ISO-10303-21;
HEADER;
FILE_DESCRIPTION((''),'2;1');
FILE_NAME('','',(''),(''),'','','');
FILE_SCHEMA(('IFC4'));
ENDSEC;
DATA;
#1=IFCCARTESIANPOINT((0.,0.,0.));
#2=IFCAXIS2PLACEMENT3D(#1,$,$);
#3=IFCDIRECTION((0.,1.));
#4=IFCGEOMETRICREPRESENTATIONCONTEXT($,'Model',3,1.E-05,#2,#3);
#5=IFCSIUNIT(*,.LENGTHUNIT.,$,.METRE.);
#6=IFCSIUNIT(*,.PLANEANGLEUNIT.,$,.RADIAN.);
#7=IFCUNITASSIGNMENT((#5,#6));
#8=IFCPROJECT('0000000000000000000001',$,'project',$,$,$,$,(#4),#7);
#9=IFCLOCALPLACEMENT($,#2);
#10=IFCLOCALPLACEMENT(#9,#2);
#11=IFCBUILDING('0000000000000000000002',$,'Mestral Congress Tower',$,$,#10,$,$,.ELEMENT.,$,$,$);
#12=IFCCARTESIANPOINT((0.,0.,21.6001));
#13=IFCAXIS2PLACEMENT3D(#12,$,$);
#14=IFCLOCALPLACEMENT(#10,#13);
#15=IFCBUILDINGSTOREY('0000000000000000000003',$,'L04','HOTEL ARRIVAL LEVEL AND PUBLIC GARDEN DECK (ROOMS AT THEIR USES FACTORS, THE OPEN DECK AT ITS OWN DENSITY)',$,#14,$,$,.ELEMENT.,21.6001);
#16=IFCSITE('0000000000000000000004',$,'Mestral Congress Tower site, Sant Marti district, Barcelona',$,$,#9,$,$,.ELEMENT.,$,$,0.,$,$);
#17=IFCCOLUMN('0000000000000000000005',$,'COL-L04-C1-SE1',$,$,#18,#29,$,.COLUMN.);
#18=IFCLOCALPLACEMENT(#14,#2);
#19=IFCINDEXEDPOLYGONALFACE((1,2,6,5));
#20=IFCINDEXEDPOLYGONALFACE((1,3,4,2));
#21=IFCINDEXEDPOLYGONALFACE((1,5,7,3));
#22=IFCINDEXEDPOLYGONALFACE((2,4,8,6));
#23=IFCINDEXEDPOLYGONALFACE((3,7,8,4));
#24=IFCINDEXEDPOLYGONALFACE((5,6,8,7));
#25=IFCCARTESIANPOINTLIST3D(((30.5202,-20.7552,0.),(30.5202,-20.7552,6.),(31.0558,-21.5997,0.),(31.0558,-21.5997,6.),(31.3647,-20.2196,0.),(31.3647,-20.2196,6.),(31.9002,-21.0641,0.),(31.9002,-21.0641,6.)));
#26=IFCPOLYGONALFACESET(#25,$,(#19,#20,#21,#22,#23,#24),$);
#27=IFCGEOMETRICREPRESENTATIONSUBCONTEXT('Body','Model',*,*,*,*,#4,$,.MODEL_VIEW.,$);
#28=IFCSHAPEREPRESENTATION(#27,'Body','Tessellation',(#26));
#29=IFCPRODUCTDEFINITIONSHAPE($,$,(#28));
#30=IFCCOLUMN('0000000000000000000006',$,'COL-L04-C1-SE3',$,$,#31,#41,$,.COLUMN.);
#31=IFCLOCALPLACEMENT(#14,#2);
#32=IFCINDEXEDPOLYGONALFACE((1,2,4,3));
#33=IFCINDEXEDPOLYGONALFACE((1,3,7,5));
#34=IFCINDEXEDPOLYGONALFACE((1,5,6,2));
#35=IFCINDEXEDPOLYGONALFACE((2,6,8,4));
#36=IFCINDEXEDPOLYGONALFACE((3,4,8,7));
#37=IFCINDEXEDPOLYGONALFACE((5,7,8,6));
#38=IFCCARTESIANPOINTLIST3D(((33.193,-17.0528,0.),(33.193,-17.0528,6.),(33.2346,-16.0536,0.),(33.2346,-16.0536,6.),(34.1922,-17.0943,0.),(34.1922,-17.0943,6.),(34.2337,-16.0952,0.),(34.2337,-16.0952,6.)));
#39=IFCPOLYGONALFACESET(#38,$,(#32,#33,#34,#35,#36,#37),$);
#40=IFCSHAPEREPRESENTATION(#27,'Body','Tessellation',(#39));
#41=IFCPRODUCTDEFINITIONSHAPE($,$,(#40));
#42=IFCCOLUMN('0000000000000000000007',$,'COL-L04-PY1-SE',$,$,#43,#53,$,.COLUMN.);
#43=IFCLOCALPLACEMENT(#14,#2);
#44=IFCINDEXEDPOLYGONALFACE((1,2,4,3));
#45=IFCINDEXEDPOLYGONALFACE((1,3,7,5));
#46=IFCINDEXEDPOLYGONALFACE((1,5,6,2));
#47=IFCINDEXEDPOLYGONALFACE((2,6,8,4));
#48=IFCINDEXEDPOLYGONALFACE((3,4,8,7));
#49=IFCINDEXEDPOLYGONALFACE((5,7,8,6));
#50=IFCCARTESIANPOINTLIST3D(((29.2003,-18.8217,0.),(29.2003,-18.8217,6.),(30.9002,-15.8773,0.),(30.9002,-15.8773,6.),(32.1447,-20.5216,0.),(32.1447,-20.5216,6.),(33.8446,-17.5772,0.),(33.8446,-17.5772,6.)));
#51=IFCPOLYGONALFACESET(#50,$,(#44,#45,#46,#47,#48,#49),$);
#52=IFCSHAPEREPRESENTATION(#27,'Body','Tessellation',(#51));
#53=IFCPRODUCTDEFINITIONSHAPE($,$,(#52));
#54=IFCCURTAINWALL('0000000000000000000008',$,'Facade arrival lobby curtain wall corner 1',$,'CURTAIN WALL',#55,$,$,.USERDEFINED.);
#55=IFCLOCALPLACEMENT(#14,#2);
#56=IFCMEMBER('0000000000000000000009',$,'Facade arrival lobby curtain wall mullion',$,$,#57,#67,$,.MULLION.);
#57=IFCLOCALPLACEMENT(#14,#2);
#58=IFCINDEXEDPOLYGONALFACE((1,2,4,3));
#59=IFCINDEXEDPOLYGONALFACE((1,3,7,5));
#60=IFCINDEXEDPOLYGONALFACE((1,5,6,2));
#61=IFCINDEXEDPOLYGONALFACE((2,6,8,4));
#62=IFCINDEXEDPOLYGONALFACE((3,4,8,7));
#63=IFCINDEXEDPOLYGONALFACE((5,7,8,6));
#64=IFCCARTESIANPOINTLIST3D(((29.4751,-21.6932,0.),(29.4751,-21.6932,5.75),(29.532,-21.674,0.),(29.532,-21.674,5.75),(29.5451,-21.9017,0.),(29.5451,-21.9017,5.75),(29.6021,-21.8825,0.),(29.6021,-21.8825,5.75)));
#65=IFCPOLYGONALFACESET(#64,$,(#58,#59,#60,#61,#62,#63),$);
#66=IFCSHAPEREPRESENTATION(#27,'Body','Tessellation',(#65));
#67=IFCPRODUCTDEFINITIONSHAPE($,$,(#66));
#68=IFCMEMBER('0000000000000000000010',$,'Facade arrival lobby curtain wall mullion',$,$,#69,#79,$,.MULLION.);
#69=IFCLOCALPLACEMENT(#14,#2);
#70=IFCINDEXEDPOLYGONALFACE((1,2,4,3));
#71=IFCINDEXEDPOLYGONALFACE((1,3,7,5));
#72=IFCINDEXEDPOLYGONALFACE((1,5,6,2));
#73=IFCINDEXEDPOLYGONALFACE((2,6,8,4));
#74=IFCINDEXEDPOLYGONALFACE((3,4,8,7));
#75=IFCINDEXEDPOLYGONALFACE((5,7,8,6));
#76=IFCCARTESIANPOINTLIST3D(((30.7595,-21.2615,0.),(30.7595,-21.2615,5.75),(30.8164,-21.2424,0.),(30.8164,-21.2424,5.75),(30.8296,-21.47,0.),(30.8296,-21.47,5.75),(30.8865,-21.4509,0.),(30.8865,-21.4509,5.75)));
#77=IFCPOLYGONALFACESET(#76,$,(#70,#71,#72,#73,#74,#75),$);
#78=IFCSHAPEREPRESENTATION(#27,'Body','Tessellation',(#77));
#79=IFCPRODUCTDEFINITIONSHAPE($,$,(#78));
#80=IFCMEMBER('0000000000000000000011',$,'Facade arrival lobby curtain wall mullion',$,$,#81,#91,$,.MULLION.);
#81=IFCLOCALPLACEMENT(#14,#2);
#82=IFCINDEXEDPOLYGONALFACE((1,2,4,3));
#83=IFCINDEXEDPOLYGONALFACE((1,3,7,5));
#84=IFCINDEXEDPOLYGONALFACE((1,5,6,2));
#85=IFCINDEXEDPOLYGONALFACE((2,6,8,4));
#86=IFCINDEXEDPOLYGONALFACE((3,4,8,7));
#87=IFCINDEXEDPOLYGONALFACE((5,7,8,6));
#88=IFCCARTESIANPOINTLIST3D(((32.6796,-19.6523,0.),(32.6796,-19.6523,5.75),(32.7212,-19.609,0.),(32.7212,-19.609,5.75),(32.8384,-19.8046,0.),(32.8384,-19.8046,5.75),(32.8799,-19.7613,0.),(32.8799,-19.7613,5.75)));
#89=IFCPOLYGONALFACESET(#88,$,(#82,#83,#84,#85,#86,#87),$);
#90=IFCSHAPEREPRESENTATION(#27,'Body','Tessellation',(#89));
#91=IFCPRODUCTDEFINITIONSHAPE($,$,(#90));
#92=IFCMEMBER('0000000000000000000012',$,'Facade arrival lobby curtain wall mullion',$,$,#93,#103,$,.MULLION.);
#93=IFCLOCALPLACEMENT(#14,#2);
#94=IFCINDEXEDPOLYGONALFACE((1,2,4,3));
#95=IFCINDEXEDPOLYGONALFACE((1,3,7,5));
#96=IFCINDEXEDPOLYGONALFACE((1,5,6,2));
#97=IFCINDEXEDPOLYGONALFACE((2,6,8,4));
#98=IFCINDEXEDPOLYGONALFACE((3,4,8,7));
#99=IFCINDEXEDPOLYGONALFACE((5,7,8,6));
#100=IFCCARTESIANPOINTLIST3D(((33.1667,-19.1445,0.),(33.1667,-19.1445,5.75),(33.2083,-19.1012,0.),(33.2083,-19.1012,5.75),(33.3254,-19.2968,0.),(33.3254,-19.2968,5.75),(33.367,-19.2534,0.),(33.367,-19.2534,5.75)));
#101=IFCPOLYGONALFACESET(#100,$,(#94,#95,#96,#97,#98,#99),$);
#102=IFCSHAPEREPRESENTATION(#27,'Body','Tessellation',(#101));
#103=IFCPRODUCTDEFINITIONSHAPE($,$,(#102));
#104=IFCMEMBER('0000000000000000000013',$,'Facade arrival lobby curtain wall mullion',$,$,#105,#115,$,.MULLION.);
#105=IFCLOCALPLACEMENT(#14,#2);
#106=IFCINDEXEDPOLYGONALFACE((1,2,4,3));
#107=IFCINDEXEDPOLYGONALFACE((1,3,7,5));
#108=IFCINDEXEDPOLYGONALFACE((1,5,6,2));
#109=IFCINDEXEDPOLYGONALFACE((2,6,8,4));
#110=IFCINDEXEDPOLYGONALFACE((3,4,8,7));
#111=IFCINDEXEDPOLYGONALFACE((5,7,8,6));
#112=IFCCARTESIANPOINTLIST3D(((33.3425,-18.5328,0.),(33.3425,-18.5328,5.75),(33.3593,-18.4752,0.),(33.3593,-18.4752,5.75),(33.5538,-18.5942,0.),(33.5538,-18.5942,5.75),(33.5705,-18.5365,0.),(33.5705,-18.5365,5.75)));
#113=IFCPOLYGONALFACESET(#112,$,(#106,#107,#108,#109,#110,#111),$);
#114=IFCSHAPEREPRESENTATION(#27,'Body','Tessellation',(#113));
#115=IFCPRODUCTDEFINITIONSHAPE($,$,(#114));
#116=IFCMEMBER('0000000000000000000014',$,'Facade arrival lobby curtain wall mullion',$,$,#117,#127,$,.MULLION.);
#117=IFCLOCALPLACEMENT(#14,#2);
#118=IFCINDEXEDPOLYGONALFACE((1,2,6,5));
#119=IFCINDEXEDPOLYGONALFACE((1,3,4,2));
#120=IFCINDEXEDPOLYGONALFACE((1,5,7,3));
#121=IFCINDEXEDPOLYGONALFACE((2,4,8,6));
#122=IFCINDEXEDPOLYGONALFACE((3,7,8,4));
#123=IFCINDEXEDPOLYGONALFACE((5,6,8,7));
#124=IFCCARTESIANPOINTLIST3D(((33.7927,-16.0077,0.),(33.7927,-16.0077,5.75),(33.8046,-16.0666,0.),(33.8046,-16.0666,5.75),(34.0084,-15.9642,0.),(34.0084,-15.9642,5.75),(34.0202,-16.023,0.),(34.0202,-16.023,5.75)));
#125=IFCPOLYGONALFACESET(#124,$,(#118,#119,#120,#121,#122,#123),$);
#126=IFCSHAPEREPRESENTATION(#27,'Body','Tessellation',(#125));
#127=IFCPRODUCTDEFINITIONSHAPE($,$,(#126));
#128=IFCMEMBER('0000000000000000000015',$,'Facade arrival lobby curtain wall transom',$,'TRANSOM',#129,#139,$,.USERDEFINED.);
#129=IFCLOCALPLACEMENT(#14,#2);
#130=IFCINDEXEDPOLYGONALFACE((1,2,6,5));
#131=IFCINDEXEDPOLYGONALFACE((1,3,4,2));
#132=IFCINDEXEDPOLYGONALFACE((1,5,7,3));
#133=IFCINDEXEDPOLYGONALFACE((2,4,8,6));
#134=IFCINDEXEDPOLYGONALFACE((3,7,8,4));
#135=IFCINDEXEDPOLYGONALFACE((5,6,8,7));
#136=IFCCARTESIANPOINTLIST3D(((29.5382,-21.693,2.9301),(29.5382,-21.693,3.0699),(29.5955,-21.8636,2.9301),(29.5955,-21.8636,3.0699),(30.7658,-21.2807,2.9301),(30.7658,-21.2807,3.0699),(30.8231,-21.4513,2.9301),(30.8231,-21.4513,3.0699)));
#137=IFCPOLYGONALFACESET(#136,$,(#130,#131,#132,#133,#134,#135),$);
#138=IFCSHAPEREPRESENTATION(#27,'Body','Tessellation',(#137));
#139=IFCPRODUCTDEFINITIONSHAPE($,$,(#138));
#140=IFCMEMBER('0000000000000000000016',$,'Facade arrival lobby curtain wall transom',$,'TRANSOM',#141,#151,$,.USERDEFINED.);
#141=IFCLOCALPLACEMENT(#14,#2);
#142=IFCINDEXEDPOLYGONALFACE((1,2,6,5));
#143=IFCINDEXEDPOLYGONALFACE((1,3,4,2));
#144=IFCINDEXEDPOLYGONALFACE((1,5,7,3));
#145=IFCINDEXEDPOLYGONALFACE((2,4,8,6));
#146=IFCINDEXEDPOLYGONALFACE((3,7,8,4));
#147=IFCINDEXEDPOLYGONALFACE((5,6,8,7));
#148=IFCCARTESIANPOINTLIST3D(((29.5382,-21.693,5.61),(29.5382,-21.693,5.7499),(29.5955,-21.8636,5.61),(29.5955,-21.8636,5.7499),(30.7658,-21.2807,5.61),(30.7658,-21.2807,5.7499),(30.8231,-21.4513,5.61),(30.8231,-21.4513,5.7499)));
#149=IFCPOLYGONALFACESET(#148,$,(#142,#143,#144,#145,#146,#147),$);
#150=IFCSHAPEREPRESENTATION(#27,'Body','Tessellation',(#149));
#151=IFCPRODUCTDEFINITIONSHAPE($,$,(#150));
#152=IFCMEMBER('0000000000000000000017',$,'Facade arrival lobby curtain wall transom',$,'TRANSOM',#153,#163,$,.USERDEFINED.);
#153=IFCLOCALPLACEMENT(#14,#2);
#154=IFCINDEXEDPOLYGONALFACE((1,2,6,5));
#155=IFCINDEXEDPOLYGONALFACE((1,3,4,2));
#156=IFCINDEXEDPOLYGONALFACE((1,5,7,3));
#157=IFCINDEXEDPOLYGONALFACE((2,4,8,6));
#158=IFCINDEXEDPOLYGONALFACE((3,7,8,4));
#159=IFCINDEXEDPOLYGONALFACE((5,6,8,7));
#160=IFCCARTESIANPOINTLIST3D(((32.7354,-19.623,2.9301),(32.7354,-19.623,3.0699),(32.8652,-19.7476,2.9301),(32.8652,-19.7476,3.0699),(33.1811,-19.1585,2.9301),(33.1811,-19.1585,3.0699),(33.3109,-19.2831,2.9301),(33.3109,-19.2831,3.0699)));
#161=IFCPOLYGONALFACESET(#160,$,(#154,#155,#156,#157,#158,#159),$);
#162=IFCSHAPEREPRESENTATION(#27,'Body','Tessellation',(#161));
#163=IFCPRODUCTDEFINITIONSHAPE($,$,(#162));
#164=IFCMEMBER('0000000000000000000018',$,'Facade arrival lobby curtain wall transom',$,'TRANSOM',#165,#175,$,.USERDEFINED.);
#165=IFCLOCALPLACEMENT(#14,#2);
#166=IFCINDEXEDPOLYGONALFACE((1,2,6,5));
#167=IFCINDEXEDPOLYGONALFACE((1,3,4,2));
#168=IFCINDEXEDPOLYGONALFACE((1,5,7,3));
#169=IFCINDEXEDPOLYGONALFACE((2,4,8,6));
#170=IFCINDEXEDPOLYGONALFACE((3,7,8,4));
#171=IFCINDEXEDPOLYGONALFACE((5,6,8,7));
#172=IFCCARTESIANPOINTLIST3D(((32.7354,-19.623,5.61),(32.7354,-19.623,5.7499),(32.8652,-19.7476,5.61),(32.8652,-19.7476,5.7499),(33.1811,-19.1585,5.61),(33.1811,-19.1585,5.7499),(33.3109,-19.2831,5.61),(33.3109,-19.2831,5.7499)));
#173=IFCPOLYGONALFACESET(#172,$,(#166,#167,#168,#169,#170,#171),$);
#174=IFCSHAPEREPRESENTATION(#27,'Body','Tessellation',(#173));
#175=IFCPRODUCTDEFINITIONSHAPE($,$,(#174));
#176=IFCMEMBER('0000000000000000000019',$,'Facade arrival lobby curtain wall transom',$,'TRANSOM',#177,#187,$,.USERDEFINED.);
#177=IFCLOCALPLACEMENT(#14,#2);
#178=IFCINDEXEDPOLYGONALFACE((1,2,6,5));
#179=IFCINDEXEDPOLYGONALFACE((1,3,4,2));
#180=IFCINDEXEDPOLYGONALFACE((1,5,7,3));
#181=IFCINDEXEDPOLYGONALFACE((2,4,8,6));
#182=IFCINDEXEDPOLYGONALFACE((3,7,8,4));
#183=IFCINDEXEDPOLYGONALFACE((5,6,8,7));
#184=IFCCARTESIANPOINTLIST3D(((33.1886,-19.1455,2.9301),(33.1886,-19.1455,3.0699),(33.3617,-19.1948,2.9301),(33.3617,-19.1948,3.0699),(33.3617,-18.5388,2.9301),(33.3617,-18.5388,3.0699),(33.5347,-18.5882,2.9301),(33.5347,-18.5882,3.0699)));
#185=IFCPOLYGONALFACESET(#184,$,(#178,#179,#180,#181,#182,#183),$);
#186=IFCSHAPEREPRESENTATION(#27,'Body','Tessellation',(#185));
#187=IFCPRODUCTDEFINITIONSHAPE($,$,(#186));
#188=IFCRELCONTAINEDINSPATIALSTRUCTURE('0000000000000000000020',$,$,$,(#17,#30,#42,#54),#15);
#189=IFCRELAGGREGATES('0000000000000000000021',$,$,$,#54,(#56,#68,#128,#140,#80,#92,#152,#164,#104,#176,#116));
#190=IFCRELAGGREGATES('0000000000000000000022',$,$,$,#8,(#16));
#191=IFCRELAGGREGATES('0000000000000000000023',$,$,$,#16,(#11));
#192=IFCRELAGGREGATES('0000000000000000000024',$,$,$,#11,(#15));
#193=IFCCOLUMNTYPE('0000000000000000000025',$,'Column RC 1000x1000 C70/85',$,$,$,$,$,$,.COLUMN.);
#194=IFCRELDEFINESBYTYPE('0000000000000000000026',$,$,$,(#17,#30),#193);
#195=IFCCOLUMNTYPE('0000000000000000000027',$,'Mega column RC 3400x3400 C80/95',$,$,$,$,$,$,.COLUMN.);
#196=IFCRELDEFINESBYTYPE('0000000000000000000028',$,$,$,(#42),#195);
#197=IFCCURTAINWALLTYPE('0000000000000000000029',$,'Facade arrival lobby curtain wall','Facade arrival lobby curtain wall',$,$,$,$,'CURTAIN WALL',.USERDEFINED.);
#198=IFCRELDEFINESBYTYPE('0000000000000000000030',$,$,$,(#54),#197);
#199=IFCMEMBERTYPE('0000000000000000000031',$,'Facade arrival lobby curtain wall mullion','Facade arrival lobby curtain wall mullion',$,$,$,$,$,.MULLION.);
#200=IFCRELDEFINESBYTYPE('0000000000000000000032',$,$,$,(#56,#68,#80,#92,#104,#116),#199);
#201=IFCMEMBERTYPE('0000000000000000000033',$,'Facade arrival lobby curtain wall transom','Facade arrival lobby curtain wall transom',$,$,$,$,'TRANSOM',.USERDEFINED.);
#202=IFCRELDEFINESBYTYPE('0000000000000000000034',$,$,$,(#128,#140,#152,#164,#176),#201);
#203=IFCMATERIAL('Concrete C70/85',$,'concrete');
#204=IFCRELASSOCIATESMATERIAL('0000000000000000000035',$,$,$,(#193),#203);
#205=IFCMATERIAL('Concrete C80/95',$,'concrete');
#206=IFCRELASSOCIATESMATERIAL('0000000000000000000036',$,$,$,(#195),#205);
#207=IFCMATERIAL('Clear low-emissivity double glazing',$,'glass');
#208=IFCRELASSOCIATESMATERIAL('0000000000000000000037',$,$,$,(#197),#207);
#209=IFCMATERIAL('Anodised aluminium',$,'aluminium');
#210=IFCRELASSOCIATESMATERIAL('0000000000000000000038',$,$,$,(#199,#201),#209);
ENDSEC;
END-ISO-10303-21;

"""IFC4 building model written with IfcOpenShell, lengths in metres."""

from ifc_helpers import new_model, si_unit, direction, frame, origin, origin_2d, place, context, subcontext, project, spatial, rectangle, extrude, material, material_profile, profile_set, type_object, element, aggregate, save


model = new_model("IFC4")

# Units and contexts
model_context = context("Model", 3, precision=1e-05, world=origin(), true_north=direction((0.0, 1.0)))
body_context = subcontext(model_context, "Body", "Model", "MODEL_VIEW")
ifc_project = project(units=[si_unit("LENGTHUNIT", "METRE"), si_unit("PLANEANGLEUNIT", "RADIAN")], contexts=[model_context])

# Site, building, storey
site_placement = place(None, origin())
site = spatial("IfcSite", under=ifc_project, at=site_placement, Name="Mestral Congress Tower site, Sant Marti district, Barcelona", CompositionType="ELEMENT", RefElevation=0.0)
building_placement = place(site_placement, origin())
building = spatial("IfcBuilding", under=site, at=building_placement, Name="Mestral Congress Tower", CompositionType="ELEMENT")
storey_placement = place(building_placement, frame((0.0, 0.0, 21.6001)))
storey = spatial("IfcBuildingStorey", under=building, at=storey_placement, Name="L04", Description="HOTEL ARRIVAL LEVEL AND PUBLIC GARDEN DECK (ROOMS AT THEIR USES FACTORS, THE OPEN DECK AT ITS OWN DENSITY)", CompositionType="ELEMENT", Elevation=21.6001)

# Columns
ifc_material_1 = material(Name="Concrete C70/85", Category="concrete")
ifc_material_profile_1 = material_profile(ifc_material_1, rectangle(XDim=1.0, YDim=1.0, at=origin_2d()), Name="RC 1000x1000")
ifc_profile_set_1 = profile_set([ifc_material_profile_1], Name="Concrete C70/85")
column_type_1 = type_object("IfcColumnType", Name="Column RC 1000x1000 C70/85", PredefinedType="COLUMN", material=ifc_profile_set_1)
for number, where, z_axis, x_axis, name in (
    (1, (31.2102, -20.9097, 0.0), (0.0, 0.0, 1.0), (0.844485, 0.535579, 0.0), "COL-L04-C1-SE1"),
    (2, (33.7134, -16.574, 0.0), (0.0, 0.0, 1.0), (0.041583, 0.999135, 0.0), "COL-L04-C1-SE3"),
):
    element("IfcColumn", number, at=place(storey_placement, frame(where, z_axis=z_axis, x_axis=x_axis)), inside=storey, type_object=column_type_1, Name=name, PredefinedType="COLUMN", context=body_context, shape_type="SweptSolid", body=[
        extrude(rectangle(XDim=1.0, YDim=1.0, at=origin_2d()), origin(), (0.0, 0.0, 1.0), 6.0),
    ])
ifc_material_2 = material(Name="Concrete C80/95", Category="concrete")
ifc_material_profile_2 = material_profile(ifc_material_2, rectangle(XDim=3.3999, YDim=3.3999, at=origin_2d()), Name="RC 3400x3400")
ifc_profile_set_2 = profile_set([ifc_material_profile_2], Name="Concrete C80/95")
column_type_2 = type_object("IfcColumnType", Name="Mega column RC 3400x3400 C80/95", PredefinedType="COLUMN", material=ifc_profile_set_2)
column_placement = place(storey_placement, frame((31.5225, -18.1995, 0.0), z_axis=(0.0, 0.0, 1.0), x_axis=(0.866025, -0.5, 0.0)))
element("IfcColumn", 3, at=column_placement, inside=storey, type_object=column_type_2, Name="COL-L04-PY1-SE", PredefinedType="COLUMN", context=body_context, shape_type="SweptSolid", body=[
    extrude(rectangle(XDim=3.3999, YDim=3.3999, at=origin_2d()), origin(), (0.0, 0.0, 1.0), 6.0),
])

# Curtain wall, members
ifc_material_3 = material(Name="Clear low-emissivity double glazing", Category="glass")
curtain_wall_type = type_object("IfcCurtainWallType", Name="Facade arrival lobby curtain wall", Description="Facade arrival lobby curtain wall", ElementType="CURTAIN WALL", PredefinedType="USERDEFINED", material=ifc_material_3)
curtain_wall_placement = place(storey_placement, origin())
curtain_wall = element("IfcCurtainWall", 4, at=curtain_wall_placement, inside=storey, type_object=curtain_wall_type, Name="Facade arrival lobby curtain wall corner 1", ObjectType="CURTAIN WALL", PredefinedType="USERDEFINED")
ifc_material_4 = material(Name="Anodised aluminium", Category="aluminium")
ifc_material_profile_3 = material_profile(ifc_material_4, rectangle(XDim=0.22, YDim=0.0601, at=origin_2d()), Name="CW4 mullion 220 x 60")
ifc_profile_set_3 = profile_set([ifc_material_profile_3], Name="Anodised aluminium")
member_type_1 = type_object("IfcMemberType", Name="Facade arrival lobby curtain wall mullion", Description="Facade arrival lobby curtain wall mullion", PredefinedType="MULLION", material=ifc_profile_set_3)
member_1_placement = place(storey_placement, frame((29.5386, -21.7878, 0.0), z_axis=(0.0, 0.0, 1.0), x_axis=(0.318554, -0.947905, 0.0)))
member_1 = element("IfcMember", 5, at=member_1_placement, type_object=member_type_1, Name="Facade arrival lobby curtain wall mullion", PredefinedType="MULLION", context=body_context, shape_type="SweptSolid", body=[
    extrude(rectangle(XDim=0.22, YDim=0.0601, at=origin_2d()), origin(), (0.0, 0.0, 1.0), 5.75),
])
member_2_placement = place(storey_placement, frame((30.823, -21.3562, 0.0), z_axis=(0.0, 0.0, 1.0), x_axis=(0.318554, -0.947905, 0.0)))
member_2 = element("IfcMember", 6, at=member_2_placement, type_object=member_type_1, Name="Facade arrival lobby curtain wall mullion", PredefinedType="MULLION", context=body_context, shape_type="SweptSolid", body=[
    extrude(rectangle(XDim=0.22, YDim=0.0601, at=origin_2d()), origin(), (0.0, 0.0, 1.0), 5.75),
])
member_3_placement = place(storey_placement, frame((32.7798, -19.7068, 0.0), z_axis=(0.0, 0.0, 1.0), x_axis=(0.721656, -0.692252, 0.0)))
member_3 = element("IfcMember", 7, at=member_3_placement, type_object=member_type_1, Name="Facade arrival lobby curtain wall mullion", PredefinedType="MULLION", context=body_context, shape_type="SweptSolid", body=[
    extrude(rectangle(XDim=0.22, YDim=0.0601, at=origin_2d()), origin(), (0.0, 0.0, 1.0), 5.75),
])
member_4_placement = place(storey_placement, frame((33.2668, -19.199, 0.0), z_axis=(0.0, 0.0, 1.0), x_axis=(0.721656, -0.692252, 0.0)))
member_4 = element("IfcMember", 8, at=member_4_placement, type_object=member_type_1, Name="Facade arrival lobby curtain wall mullion", PredefinedType="MULLION", context=body_context, shape_type="SweptSolid", body=[
    extrude(rectangle(XDim=0.22, YDim=0.0601, at=origin_2d()), origin(), (0.0, 0.0, 1.0), 5.75),
])
member_5_placement = place(storey_placement, frame((33.4565, -18.5347, 0.0), z_axis=(0.0, 0.0, 1.0), x_axis=(0.960333, -0.278857, 0.0)))
member_5 = element("IfcMember", 9, at=member_5_placement, type_object=member_type_1, Name="Facade arrival lobby curtain wall mullion", PredefinedType="MULLION", context=body_context, shape_type="SweptSolid", body=[
    extrude(rectangle(XDim=0.22, YDim=0.0601, at=origin_2d()), origin(), (0.0, 0.0, 1.0), 5.75),
])
member_6_placement = place(storey_placement, frame((33.9065, -16.0154, 0.0), z_axis=(0.0, 0.0, 1.0), x_axis=(0.980186, 0.198078, 0.0)))
member_6 = element("IfcMember", 10, at=member_6_placement, type_object=member_type_1, Name="Facade arrival lobby curtain wall mullion", PredefinedType="MULLION", context=body_context, shape_type="SweptSolid", body=[
    extrude(rectangle(XDim=0.22, YDim=0.0601, at=origin_2d()), origin(), (0.0, 0.0, 1.0), 5.75),
])
ifc_material_profile_4 = material_profile(ifc_material_4, rectangle(XDim=0.1799, YDim=0.1399, at=origin_2d()), Name="CW4 transom 180 x 140")
ifc_profile_set_4 = profile_set([ifc_material_profile_4], Name="Anodised aluminium")
member_type_2 = type_object("IfcMemberType", Name="Facade arrival lobby curtain wall transom", Description="Facade arrival lobby curtain wall transom", ElementType="TRANSOM", PredefinedType="USERDEFINED", material=ifc_profile_set_4)
member_7_placement = place(storey_placement, frame((29.5669, -21.7783, 3.0), z_axis=(0.947945, 0.318433, 0.0), x_axis=(-0.318433, 0.947945, 0.0)))
member_7 = element("IfcMember", 11, at=member_7_placement, type_object=member_type_2, Name="Facade arrival lobby curtain wall transom", ObjectType="TRANSOM", PredefinedType="USERDEFINED", context=body_context, shape_type="SweptSolid", body=[
    extrude(rectangle(XDim=0.1799, YDim=0.1399, at=origin_2d()), origin(), (0.0, 0.0, 1.0), 1.2949),
])
member_8_placement = place(storey_placement, frame((29.5669, -21.7783, 5.6799), z_axis=(0.947945, 0.318433, 0.0), x_axis=(-0.318433, 0.947945, 0.0)))
member_8 = element("IfcMember", 12, at=member_8_placement, type_object=member_type_2, Name="Facade arrival lobby curtain wall transom", ObjectType="TRANSOM", PredefinedType="USERDEFINED", context=body_context, shape_type="SweptSolid", body=[
    extrude(rectangle(XDim=0.1799, YDim=0.1399, at=origin_2d()), origin(), (0.0, 0.0, 1.0), 1.2949),
])
member_9_placement = place(storey_placement, frame((32.8003, -19.6853, 3.0), z_axis=(0.692358, 0.721554, 0.0), x_axis=(-0.721554, 0.692358, 0.0)))
member_9 = element("IfcMember", 13, at=member_9_placement, type_object=member_type_2, Name="Facade arrival lobby curtain wall transom", ObjectType="TRANSOM", PredefinedType="USERDEFINED", context=body_context, shape_type="SweptSolid", body=[
    extrude(rectangle(XDim=0.1799, YDim=0.1399, at=origin_2d()), origin(), (0.0, 0.0, 1.0), 0.6438),
])
member_10_placement = place(storey_placement, frame((32.8003, -19.6853, 5.6799), z_axis=(0.692358, 0.721554, 0.0), x_axis=(-0.721554, 0.692358, 0.0)))
member_10 = element("IfcMember", 14, at=member_10_placement, type_object=member_type_2, Name="Facade arrival lobby curtain wall transom", ObjectType="TRANSOM", PredefinedType="USERDEFINED", context=body_context, shape_type="SweptSolid", body=[
    extrude(rectangle(XDim=0.1799, YDim=0.1399, at=origin_2d()), origin(), (0.0, 0.0, 1.0), 0.6438),
])
member_11_placement = place(storey_placement, frame((33.2751, -19.1702, 3.0), z_axis=(0.274363, 0.961626, 0.0), x_axis=(-0.961626, 0.274363, 0.0)))
member_11 = element("IfcMember", 15, at=member_11_placement, type_object=member_type_2, Name="Facade arrival lobby curtain wall transom", ObjectType="TRANSOM", PredefinedType="USERDEFINED", context=body_context, shape_type="SweptSolid", body=[
    extrude(rectangle(XDim=0.1799, YDim=0.1399, at=origin_2d()), origin(), (0.0, 0.0, 1.0), 0.6309),
])

aggregate(curtain_wall, [member_1, member_2, member_7, member_8, member_3, member_4, member_9, member_10, member_5, member_11, member_6])

save(model, "model.ifc")
